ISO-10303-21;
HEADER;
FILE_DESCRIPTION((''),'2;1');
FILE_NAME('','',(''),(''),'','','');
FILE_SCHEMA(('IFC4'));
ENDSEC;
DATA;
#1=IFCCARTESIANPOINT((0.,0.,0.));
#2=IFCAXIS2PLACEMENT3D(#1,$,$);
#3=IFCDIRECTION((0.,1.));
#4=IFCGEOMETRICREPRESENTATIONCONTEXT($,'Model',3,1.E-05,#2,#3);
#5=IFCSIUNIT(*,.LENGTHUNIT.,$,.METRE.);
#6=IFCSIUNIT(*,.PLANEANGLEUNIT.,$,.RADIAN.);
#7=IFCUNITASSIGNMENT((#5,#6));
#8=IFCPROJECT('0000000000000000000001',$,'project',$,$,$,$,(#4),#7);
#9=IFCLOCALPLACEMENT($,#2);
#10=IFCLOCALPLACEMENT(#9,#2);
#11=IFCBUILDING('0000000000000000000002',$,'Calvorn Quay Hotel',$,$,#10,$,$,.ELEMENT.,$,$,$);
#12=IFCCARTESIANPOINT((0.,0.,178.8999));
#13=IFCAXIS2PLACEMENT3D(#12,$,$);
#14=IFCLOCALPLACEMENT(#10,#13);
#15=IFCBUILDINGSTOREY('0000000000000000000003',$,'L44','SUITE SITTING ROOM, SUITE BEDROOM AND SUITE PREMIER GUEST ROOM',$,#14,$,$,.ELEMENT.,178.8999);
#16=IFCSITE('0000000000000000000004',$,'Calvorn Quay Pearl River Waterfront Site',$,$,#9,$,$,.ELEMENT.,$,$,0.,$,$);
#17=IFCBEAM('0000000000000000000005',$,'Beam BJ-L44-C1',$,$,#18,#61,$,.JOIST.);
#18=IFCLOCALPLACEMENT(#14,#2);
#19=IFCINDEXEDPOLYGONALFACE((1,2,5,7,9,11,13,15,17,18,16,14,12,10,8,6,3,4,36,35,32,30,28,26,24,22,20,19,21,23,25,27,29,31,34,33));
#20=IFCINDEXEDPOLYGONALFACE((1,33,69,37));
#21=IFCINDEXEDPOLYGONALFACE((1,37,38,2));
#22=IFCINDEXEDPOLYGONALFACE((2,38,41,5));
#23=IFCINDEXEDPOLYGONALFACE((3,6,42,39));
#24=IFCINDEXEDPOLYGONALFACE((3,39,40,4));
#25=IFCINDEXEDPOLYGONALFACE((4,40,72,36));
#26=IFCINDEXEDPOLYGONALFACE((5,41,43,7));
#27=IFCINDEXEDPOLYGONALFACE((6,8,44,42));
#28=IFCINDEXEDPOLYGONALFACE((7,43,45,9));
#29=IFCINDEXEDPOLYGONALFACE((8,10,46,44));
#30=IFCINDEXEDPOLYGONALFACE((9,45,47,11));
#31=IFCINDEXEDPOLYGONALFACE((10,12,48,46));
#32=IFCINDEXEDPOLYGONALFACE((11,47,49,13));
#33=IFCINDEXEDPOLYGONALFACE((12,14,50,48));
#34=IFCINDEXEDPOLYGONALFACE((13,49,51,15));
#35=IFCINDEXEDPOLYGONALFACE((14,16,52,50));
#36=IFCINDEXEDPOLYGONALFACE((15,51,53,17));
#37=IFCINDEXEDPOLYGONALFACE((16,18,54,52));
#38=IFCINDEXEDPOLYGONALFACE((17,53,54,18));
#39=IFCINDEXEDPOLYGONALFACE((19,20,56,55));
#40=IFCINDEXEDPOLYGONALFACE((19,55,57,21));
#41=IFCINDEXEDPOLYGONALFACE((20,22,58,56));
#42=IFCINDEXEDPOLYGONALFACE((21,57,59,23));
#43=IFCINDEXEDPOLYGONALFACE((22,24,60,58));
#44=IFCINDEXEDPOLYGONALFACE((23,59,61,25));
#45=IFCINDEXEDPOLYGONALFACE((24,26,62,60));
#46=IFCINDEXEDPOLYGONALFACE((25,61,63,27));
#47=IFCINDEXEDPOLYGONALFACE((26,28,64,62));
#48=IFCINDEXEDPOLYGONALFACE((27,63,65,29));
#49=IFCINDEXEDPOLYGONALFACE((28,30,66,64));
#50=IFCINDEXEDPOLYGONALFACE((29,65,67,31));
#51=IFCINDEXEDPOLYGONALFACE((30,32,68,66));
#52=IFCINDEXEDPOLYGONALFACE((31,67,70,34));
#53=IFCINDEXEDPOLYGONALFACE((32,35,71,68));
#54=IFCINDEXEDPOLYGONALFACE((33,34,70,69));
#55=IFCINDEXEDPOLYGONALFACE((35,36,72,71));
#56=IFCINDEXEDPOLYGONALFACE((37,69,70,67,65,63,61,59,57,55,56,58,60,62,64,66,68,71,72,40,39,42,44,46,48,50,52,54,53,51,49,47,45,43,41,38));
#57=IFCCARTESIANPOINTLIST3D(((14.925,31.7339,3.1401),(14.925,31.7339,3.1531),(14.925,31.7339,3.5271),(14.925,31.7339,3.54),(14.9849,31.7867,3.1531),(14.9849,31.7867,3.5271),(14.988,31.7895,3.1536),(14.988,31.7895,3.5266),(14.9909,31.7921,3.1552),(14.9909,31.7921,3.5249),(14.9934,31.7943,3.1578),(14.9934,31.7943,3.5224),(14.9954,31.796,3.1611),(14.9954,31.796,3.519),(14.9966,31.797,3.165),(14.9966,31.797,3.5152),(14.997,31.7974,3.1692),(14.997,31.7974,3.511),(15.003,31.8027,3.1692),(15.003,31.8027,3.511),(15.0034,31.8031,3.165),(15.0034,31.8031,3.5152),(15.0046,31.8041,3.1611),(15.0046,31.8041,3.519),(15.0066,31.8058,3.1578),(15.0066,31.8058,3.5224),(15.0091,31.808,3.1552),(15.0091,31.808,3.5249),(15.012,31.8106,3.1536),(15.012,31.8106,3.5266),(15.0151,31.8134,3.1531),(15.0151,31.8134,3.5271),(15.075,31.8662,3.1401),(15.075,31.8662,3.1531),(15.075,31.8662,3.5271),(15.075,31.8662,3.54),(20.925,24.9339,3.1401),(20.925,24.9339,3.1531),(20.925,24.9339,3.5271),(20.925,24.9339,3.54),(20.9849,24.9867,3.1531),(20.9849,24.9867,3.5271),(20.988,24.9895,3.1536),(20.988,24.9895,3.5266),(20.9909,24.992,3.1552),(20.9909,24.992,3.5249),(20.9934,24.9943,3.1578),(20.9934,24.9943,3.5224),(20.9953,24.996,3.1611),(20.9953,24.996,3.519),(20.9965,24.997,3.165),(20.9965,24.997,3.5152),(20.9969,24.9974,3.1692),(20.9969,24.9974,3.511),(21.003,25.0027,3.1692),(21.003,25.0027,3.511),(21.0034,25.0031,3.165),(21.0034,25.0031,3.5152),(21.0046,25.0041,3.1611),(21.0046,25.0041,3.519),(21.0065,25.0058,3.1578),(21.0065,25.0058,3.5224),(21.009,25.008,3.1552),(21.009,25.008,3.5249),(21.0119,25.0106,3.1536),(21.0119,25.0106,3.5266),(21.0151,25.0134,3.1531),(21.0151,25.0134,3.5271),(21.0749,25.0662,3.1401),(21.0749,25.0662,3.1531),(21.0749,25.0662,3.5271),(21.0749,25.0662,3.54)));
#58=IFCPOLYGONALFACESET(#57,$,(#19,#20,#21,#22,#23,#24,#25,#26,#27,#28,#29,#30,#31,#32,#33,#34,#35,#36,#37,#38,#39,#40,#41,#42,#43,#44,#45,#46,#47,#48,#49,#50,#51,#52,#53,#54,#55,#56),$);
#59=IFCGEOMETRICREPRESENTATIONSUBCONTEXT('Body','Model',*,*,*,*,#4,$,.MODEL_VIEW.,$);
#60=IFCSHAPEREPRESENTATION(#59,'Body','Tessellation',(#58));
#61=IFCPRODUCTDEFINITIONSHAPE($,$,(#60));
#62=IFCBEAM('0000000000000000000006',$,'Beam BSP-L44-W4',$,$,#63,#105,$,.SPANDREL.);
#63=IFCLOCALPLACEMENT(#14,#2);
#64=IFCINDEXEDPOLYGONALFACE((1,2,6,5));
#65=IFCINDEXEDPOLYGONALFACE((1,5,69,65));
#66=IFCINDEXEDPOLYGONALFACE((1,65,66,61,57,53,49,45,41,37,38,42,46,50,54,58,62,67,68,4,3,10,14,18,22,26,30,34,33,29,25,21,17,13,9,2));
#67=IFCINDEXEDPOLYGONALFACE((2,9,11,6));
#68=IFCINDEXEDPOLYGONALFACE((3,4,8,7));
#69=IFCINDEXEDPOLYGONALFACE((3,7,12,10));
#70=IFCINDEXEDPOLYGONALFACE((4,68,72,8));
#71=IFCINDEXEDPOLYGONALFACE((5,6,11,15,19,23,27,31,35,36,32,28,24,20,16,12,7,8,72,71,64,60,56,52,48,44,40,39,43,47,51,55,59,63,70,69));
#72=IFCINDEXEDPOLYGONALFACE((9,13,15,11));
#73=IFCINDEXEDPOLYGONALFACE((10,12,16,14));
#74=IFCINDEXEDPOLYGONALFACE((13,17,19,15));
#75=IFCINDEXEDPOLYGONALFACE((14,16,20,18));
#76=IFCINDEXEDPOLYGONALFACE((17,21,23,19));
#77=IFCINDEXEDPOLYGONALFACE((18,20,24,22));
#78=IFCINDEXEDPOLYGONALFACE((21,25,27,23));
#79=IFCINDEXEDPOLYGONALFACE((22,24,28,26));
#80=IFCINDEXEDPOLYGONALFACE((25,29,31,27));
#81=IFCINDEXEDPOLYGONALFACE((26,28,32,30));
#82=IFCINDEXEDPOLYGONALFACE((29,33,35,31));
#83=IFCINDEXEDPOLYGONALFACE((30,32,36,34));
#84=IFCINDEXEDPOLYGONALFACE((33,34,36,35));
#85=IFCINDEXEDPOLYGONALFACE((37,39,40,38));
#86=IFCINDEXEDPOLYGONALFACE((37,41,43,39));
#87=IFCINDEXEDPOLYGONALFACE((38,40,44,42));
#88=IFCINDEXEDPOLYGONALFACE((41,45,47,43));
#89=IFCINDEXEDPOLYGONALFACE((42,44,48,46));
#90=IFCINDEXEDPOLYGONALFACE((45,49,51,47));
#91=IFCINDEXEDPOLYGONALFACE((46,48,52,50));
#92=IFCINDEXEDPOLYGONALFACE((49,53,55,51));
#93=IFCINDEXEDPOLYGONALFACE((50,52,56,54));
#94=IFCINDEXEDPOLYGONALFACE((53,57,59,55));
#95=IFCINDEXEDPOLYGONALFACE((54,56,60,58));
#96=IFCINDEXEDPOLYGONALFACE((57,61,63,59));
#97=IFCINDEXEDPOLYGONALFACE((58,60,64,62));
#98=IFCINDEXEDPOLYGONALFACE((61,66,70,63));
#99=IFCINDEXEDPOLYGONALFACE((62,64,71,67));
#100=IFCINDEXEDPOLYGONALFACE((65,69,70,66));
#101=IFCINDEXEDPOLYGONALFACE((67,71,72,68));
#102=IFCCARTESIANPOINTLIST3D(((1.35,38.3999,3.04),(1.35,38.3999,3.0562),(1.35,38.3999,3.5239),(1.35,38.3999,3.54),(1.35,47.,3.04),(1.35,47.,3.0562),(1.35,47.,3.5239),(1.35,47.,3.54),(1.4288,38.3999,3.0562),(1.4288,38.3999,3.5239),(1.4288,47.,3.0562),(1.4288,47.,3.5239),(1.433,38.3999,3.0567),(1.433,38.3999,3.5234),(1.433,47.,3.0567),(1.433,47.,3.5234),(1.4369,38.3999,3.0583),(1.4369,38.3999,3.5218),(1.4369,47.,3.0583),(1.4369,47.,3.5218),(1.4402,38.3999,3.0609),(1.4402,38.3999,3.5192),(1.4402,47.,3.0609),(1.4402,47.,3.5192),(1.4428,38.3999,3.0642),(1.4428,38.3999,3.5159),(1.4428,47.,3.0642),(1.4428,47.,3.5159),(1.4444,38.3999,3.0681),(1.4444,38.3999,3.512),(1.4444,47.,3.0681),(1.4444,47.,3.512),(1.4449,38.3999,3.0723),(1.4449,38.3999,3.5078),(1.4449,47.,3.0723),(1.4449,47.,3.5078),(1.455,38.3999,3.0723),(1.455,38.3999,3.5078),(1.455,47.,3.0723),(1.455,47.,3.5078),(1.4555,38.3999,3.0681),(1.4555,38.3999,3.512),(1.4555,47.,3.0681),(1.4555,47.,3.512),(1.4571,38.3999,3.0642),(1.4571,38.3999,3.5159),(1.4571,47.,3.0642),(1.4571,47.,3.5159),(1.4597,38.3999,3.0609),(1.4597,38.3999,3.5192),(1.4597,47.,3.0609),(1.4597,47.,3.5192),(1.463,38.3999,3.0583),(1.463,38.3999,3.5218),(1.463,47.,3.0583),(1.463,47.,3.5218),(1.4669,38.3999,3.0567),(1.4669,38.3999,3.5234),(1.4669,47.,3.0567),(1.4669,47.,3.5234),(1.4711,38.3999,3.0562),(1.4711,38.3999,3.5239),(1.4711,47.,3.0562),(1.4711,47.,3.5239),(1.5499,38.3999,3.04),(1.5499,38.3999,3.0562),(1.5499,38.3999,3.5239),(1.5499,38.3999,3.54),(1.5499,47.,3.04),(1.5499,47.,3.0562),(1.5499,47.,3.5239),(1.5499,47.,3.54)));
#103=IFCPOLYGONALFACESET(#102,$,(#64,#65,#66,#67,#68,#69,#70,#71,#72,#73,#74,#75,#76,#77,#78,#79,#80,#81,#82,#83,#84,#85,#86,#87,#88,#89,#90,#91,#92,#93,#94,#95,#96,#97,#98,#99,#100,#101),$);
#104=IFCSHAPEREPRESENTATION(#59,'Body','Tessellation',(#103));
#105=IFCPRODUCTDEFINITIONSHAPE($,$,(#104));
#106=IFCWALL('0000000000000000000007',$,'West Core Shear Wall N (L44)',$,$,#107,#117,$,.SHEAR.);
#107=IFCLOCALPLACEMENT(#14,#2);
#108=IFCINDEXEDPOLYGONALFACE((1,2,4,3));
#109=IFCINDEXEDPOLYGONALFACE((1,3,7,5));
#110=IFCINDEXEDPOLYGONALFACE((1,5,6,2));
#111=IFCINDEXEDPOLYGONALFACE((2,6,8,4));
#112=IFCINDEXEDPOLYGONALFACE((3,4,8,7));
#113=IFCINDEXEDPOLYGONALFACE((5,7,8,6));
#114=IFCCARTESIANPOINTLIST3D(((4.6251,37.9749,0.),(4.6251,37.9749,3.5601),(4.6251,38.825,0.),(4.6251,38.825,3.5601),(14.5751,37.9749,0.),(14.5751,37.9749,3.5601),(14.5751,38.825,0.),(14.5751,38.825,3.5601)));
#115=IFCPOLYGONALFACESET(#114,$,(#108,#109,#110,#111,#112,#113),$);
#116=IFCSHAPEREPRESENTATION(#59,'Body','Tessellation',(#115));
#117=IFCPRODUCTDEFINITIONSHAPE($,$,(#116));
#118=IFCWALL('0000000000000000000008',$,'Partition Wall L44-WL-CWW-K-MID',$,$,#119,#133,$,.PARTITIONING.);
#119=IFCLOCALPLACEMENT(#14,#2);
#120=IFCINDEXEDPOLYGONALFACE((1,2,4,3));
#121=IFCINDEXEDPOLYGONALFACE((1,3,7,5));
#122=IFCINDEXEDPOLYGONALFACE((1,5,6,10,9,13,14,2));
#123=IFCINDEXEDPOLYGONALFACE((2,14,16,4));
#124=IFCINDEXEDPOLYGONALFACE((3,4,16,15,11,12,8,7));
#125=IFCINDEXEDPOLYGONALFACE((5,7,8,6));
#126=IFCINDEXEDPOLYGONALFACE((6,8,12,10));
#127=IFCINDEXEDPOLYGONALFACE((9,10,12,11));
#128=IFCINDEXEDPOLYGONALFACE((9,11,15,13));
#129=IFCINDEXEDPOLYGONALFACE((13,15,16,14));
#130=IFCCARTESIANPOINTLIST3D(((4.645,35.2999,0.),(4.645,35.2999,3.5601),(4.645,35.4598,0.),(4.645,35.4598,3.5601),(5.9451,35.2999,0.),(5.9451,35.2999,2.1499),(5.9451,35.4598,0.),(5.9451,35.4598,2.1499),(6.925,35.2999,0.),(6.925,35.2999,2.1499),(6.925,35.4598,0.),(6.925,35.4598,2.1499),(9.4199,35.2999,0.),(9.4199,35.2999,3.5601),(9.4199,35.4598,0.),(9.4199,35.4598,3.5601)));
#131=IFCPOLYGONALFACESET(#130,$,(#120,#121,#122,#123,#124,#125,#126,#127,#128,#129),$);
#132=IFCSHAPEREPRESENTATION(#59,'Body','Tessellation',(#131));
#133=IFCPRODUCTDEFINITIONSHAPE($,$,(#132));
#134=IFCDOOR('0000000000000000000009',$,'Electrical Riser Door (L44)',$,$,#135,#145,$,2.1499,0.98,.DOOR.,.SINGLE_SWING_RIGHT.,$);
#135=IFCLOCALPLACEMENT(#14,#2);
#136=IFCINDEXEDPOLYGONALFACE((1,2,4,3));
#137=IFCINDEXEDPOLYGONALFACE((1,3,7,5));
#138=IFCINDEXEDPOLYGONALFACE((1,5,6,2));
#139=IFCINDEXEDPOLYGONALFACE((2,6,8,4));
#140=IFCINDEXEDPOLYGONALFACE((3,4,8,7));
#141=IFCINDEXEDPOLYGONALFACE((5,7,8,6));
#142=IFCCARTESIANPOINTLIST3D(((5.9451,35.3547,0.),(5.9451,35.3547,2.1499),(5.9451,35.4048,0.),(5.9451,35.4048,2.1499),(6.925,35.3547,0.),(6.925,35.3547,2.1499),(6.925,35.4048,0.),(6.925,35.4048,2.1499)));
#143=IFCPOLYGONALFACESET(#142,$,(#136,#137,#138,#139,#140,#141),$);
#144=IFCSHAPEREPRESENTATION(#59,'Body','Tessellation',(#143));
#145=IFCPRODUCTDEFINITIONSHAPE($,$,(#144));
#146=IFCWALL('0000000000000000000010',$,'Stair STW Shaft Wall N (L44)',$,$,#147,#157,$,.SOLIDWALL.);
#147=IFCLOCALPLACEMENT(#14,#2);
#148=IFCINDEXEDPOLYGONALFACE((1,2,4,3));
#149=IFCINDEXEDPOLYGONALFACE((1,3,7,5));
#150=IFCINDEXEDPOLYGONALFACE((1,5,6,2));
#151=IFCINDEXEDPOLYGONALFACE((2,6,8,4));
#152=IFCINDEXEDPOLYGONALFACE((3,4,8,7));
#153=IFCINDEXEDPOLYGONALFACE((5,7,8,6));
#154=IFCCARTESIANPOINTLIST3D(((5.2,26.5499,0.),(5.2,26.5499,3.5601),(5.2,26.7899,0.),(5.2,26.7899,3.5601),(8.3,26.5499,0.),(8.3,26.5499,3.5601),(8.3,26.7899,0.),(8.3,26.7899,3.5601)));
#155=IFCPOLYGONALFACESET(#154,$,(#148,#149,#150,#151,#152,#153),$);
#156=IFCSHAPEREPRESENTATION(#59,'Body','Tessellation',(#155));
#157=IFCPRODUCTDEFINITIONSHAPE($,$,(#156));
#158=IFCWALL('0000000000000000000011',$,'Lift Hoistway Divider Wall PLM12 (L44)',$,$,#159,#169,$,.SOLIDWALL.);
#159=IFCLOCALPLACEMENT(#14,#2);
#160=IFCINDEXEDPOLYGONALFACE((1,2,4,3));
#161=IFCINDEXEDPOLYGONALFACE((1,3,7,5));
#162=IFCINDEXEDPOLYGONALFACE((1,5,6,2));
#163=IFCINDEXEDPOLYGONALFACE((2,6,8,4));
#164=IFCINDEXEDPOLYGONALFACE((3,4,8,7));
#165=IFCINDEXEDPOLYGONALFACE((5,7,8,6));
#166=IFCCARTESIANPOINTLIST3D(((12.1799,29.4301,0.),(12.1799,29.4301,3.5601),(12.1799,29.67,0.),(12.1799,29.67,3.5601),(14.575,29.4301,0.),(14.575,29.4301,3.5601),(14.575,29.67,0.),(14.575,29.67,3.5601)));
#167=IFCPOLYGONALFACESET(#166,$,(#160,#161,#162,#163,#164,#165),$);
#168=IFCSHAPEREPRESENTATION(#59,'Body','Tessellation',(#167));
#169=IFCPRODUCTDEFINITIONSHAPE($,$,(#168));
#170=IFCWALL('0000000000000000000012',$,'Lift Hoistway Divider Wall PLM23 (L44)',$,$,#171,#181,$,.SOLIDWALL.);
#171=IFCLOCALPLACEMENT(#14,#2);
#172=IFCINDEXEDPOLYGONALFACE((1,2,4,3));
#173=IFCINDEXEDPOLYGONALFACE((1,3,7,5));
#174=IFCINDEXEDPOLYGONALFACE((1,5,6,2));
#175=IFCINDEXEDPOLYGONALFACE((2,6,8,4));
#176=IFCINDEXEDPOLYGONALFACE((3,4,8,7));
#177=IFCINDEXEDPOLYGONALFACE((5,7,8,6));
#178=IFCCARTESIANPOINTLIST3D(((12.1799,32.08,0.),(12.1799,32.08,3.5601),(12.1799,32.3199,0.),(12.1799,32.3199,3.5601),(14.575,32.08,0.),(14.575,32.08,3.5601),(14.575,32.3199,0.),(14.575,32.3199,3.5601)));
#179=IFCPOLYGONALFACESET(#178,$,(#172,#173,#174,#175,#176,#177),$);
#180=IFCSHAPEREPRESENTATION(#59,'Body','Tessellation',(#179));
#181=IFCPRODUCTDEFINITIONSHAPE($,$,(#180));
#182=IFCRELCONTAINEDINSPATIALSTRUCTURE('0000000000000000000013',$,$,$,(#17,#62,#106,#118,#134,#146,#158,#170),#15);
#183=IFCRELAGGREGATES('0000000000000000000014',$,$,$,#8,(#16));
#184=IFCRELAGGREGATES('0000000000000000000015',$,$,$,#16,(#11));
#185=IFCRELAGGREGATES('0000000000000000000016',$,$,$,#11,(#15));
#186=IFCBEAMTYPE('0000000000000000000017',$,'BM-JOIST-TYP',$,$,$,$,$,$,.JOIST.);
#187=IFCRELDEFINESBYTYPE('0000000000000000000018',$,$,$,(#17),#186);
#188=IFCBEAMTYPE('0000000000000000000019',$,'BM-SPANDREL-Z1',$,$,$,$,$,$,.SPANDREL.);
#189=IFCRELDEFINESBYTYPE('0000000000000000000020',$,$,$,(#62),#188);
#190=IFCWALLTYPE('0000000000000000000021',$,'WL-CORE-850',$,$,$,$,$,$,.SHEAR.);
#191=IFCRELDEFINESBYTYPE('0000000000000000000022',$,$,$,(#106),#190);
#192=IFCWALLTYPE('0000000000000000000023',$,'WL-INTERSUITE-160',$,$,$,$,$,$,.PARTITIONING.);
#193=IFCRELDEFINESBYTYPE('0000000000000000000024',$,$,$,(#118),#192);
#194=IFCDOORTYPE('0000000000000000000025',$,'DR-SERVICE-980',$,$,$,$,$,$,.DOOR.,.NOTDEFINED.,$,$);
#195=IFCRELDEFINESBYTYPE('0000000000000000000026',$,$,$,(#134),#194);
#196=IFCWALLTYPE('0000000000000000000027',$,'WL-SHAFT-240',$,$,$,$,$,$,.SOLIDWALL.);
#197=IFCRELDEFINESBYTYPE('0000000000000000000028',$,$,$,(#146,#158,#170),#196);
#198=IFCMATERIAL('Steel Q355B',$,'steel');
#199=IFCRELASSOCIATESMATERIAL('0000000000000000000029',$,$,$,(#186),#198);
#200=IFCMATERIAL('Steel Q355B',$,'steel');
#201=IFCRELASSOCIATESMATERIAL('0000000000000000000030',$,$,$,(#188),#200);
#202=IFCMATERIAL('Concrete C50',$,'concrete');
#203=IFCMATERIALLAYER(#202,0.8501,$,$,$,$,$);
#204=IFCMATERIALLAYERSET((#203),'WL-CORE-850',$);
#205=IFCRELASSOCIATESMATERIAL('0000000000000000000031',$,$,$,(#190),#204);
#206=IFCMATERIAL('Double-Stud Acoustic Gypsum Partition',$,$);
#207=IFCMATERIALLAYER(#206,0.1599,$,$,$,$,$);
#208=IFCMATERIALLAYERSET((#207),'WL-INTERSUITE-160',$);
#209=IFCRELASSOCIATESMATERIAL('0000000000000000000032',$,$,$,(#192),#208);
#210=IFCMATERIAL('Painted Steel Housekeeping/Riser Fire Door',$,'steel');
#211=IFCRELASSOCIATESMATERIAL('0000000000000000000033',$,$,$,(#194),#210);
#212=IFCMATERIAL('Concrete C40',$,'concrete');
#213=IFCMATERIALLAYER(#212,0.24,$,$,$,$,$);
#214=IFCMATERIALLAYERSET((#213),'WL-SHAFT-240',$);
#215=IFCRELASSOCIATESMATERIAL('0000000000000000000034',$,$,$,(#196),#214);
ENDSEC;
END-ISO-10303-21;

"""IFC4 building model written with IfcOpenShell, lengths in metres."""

from ifc_helpers import new_model, si_unit, direction, frame, frame_2d, origin, origin_2d, place, context, subcontext, project, spatial, rectangle, i_section, extrude, material, layer, layer_set, material_profile, profile_set, type_object, element, fill, save


model = new_model("IFC4")

# Units and contexts
model_context = context("Model", 3, precision=1e-05, world=origin(), true_north=direction((0.0, 1.0)))
body_context = subcontext(model_context, "Body", "Model", "MODEL_VIEW")
ifc_project = project(units=[si_unit("LENGTHUNIT", "METRE"), si_unit("PLANEANGLEUNIT", "RADIAN")], contexts=[model_context])

# Site, building, storey
site_placement = place(None, origin())
site = spatial("IfcSite", under=ifc_project, at=site_placement, Name="Calvorn Quay Pearl River Waterfront Site", CompositionType="ELEMENT", RefElevation=0.0)
building_placement = place(site_placement, origin())
building = spatial("IfcBuilding", under=site, at=building_placement, Name="Calvorn Quay Hotel", CompositionType="ELEMENT")
storey_placement = place(building_placement, frame((0.0, 0.0, 178.8999)))
storey = spatial("IfcBuildingStorey", under=building, at=storey_placement, Name="L44", Description="SUITE SITTING ROOM, SUITE BEDROOM AND SUITE PREMIER GUEST ROOM", CompositionType="ELEMENT", Elevation=178.8999)

# Beams
ifc_material_1 = material(Name="Steel Q355B", Category="steel")
ifc_material_profile_1 = material_profile(ifc_material_1, i_section(OverallWidth=0.2, OverallDepth=0.3999, WebThickness=0.0081, FlangeThickness=0.0129, FilletRadius=0.0161, at=origin_2d()), Name="HN400x200x8x13")
ifc_profile_set_1 = profile_set([ifc_material_profile_1], Name="Steel Q355B")
beam_type_1 = type_object("IfcBeamType", Name="BM-JOIST-TYP", PredefinedType="JOIST", material=ifc_profile_set_1)
beam_1_placement = place(storey_placement, frame((15.0, 31.8, 3.3401), z_axis=(0.661619, -0.74984, 0.0), x_axis=(0.74984, 0.661619, 0.0)))
element("IfcBeam", 1, at=beam_1_placement, inside=storey, type_object=beam_type_1, Name="Beam BJ-L44-C1", PredefinedType="JOIST", context=body_context, shape_type="SweptSolid", body=[
    extrude(i_section(OverallWidth=0.2, OverallDepth=0.3999, WebThickness=0.0081, FlangeThickness=0.0129, FilletRadius=0.0161, at=origin_2d()), origin(), (0.0, 0.0, 1.0), 9.0686),
])
ifc_material_2 = material(Name="Steel Q355B", Category="steel")
ifc_material_profile_2 = material_profile(ifc_material_2, i_section(OverallWidth=0.2, OverallDepth=0.5, WebThickness=0.01, FlangeThickness=0.0161, FilletRadius=0.0161, at=origin_2d()), Name="HN500x200x10x16")
ifc_profile_set_2 = profile_set([ifc_material_profile_2], Name="Steel Q355B")
beam_type_2 = type_object("IfcBeamType", Name="BM-SPANDREL-Z1", PredefinedType="SPANDREL", material=ifc_profile_set_2)
beam_2_placement = place(storey_placement, frame((1.45, 38.3999, 3.29), z_axis=(0.0, 1.0, 0.0), x_axis=(-1.0, 0.0, 0.0)))
element("IfcBeam", 2, at=beam_2_placement, inside=storey, type_object=beam_type_2, Name="Beam BSP-L44-W4", PredefinedType="SPANDREL", context=body_context, shape_type="SweptSolid", body=[
    extrude(i_section(OverallWidth=0.2, OverallDepth=0.5, WebThickness=0.01, FlangeThickness=0.0161, FilletRadius=0.0161, at=origin_2d()), origin(), (0.0, 0.0, 1.0), 8.6001),
])

# Wall
ifc_material_3 = material(Name="Concrete C50", Category="concrete")
ifc_layer_1 = layer(ifc_material_3, 0.8501)
ifc_layer_set_1 = layer_set([ifc_layer_1], Name="WL-CORE-850")
wall_type_1 = type_object("IfcWallType", Name="WL-CORE-850", PredefinedType="SHEAR", material=ifc_layer_set_1)
wall_1_placement = place(storey_placement, frame((4.625, 38.3999, 0.0), z_axis=(0.0, 0.0, 1.0), x_axis=(1.0, 0.0, 0.0)))
element("IfcWall", 3, at=wall_1_placement, inside=storey, type_object=wall_type_1, Name="West Core Shear Wall N (L44)", PredefinedType="SHEAR", context=body_context, shape_type="SweptSolid", body=[
    extrude(rectangle(XDim=9.95, YDim=0.8501, at=frame_2d((4.9751, 0.0))), origin(), (0.0, 0.0, 1.0), 3.5601),
])

# Wall, opening, door
ifc_material_4 = material(Name="Double-Stud Acoustic Gypsum Partition")
ifc_layer_2 = layer(ifc_material_4, 0.1599)
ifc_layer_set_2 = layer_set([ifc_layer_2], Name="WL-INTERSUITE-160")
wall_type_2 = type_object("IfcWallType", Name="WL-INTERSUITE-160", PredefinedType="PARTITIONING", material=ifc_layer_set_2)
wall_2_placement = place(storey_placement, frame((4.645, 35.3799, 0.0), z_axis=(0.0, 0.0, 1.0), x_axis=(1.0, 0.0, 0.0)))
wall_2 = element("IfcWall", 4, at=wall_2_placement, inside=storey, type_object=wall_type_2, Name="Partition Wall L44-WL-CWW-K-MID", PredefinedType="PARTITIONING", context=body_context, shape_type="SweptSolid", body=[
    extrude(rectangle(XDim=4.7749, YDim=0.1599, at=frame_2d((2.3875, 0.0))), origin(), (0.0, 0.0, 1.0), 3.5601),
])
opening_1_placement = place(wall_2_placement, frame((1.3, 0.0, 0.0)))
opening_1 = element("IfcOpeningElement", 5, at=opening_1_placement, cuts=wall_2, PredefinedType="OPENING", context=body_context, shape_type="SweptSolid", body=[
    extrude(rectangle(XDim=0.98, YDim=2.1499, at=frame_2d((0.49, 1.075))), frame((0.0, 0.0898, 0.0), z_axis=(0.0, -1.0, 0.0), x_axis=(1.0, 0.0, 0.0)), (0.0, 0.0, 1.0), 0.1799),
])
ifc_material_5 = material(Name="Painted Steel Housekeeping/Riser Fire Door", Category="steel")
door_type_1 = type_object("IfcDoorType", Name="DR-SERVICE-980", OperationType="NOTDEFINED", PredefinedType="DOOR", material=ifc_material_5)
door_1_placement = place(opening_1_placement, origin())
door_1 = element("IfcDoor", 6, at=door_1_placement, inside=storey, type_object=door_type_1, Name="Electrical Riser Door (L44)", OperationType="SINGLE_SWING_RIGHT", OverallHeight=2.1499, OverallWidth=0.98, PredefinedType="DOOR", context=body_context, shape_type="SweptSolid", body=[
    extrude(rectangle(XDim=0.98, YDim=2.1499, at=frame_2d((0.49, 1.075))), frame((0.0, 0.0249, 0.0), z_axis=(0.0, -1.0, 0.0), x_axis=(1.0, 0.0, 0.0)), (0.0, 0.0, 1.0), 0.05),
])
fill(opening_1, door_1)

# Walls
ifc_material_6 = material(Name="Concrete C40", Category="concrete")
ifc_layer_3 = layer(ifc_material_6, 0.24)
ifc_layer_set_3 = layer_set([ifc_layer_3], Name="WL-SHAFT-240")
wall_type_3 = type_object("IfcWallType", Name="WL-SHAFT-240", PredefinedType="SOLIDWALL", material=ifc_layer_set_3)
wall_3_placement = place(storey_placement, frame((5.2, 26.6699, 0.0), z_axis=(0.0, 0.0, 1.0), x_axis=(1.0, 0.0, 0.0)))
element("IfcWall", 7, at=wall_3_placement, inside=storey, type_object=wall_type_3, Name="Stair STW Shaft Wall N (L44)", PredefinedType="SOLIDWALL", context=body_context, shape_type="SweptSolid", body=[
    extrude(rectangle(XDim=3.1001, YDim=0.24, at=frame_2d((1.55, 0.0))), origin(), (0.0, 0.0, 1.0), 3.5601),
])
for number, where, z_axis, x_axis, name in (
    (8, (12.1799, 29.55, 0.0), (0.0, 0.0, 1.0), (1.0, 0.0, 0.0), "Lift Hoistway Divider Wall PLM12 (L44)"),
    (9, (12.1799, 32.2, 0.0), (0.0, 0.0, 1.0), (1.0, 0.0, 0.0), "Lift Hoistway Divider Wall PLM23 (L44)"),
):
    element("IfcWall", number, at=place(storey_placement, frame(where, z_axis=z_axis, x_axis=x_axis)), inside=storey, type_object=wall_type_3, Name=name, PredefinedType="SOLIDWALL", context=body_context, shape_type="SweptSolid", body=[
        extrude(rectangle(XDim=2.395, YDim=0.24, at=frame_2d((1.1975, 0.0))), origin(), (0.0, 0.0, 1.0), 3.5601),
    ])

save(model, "model.ifc")
